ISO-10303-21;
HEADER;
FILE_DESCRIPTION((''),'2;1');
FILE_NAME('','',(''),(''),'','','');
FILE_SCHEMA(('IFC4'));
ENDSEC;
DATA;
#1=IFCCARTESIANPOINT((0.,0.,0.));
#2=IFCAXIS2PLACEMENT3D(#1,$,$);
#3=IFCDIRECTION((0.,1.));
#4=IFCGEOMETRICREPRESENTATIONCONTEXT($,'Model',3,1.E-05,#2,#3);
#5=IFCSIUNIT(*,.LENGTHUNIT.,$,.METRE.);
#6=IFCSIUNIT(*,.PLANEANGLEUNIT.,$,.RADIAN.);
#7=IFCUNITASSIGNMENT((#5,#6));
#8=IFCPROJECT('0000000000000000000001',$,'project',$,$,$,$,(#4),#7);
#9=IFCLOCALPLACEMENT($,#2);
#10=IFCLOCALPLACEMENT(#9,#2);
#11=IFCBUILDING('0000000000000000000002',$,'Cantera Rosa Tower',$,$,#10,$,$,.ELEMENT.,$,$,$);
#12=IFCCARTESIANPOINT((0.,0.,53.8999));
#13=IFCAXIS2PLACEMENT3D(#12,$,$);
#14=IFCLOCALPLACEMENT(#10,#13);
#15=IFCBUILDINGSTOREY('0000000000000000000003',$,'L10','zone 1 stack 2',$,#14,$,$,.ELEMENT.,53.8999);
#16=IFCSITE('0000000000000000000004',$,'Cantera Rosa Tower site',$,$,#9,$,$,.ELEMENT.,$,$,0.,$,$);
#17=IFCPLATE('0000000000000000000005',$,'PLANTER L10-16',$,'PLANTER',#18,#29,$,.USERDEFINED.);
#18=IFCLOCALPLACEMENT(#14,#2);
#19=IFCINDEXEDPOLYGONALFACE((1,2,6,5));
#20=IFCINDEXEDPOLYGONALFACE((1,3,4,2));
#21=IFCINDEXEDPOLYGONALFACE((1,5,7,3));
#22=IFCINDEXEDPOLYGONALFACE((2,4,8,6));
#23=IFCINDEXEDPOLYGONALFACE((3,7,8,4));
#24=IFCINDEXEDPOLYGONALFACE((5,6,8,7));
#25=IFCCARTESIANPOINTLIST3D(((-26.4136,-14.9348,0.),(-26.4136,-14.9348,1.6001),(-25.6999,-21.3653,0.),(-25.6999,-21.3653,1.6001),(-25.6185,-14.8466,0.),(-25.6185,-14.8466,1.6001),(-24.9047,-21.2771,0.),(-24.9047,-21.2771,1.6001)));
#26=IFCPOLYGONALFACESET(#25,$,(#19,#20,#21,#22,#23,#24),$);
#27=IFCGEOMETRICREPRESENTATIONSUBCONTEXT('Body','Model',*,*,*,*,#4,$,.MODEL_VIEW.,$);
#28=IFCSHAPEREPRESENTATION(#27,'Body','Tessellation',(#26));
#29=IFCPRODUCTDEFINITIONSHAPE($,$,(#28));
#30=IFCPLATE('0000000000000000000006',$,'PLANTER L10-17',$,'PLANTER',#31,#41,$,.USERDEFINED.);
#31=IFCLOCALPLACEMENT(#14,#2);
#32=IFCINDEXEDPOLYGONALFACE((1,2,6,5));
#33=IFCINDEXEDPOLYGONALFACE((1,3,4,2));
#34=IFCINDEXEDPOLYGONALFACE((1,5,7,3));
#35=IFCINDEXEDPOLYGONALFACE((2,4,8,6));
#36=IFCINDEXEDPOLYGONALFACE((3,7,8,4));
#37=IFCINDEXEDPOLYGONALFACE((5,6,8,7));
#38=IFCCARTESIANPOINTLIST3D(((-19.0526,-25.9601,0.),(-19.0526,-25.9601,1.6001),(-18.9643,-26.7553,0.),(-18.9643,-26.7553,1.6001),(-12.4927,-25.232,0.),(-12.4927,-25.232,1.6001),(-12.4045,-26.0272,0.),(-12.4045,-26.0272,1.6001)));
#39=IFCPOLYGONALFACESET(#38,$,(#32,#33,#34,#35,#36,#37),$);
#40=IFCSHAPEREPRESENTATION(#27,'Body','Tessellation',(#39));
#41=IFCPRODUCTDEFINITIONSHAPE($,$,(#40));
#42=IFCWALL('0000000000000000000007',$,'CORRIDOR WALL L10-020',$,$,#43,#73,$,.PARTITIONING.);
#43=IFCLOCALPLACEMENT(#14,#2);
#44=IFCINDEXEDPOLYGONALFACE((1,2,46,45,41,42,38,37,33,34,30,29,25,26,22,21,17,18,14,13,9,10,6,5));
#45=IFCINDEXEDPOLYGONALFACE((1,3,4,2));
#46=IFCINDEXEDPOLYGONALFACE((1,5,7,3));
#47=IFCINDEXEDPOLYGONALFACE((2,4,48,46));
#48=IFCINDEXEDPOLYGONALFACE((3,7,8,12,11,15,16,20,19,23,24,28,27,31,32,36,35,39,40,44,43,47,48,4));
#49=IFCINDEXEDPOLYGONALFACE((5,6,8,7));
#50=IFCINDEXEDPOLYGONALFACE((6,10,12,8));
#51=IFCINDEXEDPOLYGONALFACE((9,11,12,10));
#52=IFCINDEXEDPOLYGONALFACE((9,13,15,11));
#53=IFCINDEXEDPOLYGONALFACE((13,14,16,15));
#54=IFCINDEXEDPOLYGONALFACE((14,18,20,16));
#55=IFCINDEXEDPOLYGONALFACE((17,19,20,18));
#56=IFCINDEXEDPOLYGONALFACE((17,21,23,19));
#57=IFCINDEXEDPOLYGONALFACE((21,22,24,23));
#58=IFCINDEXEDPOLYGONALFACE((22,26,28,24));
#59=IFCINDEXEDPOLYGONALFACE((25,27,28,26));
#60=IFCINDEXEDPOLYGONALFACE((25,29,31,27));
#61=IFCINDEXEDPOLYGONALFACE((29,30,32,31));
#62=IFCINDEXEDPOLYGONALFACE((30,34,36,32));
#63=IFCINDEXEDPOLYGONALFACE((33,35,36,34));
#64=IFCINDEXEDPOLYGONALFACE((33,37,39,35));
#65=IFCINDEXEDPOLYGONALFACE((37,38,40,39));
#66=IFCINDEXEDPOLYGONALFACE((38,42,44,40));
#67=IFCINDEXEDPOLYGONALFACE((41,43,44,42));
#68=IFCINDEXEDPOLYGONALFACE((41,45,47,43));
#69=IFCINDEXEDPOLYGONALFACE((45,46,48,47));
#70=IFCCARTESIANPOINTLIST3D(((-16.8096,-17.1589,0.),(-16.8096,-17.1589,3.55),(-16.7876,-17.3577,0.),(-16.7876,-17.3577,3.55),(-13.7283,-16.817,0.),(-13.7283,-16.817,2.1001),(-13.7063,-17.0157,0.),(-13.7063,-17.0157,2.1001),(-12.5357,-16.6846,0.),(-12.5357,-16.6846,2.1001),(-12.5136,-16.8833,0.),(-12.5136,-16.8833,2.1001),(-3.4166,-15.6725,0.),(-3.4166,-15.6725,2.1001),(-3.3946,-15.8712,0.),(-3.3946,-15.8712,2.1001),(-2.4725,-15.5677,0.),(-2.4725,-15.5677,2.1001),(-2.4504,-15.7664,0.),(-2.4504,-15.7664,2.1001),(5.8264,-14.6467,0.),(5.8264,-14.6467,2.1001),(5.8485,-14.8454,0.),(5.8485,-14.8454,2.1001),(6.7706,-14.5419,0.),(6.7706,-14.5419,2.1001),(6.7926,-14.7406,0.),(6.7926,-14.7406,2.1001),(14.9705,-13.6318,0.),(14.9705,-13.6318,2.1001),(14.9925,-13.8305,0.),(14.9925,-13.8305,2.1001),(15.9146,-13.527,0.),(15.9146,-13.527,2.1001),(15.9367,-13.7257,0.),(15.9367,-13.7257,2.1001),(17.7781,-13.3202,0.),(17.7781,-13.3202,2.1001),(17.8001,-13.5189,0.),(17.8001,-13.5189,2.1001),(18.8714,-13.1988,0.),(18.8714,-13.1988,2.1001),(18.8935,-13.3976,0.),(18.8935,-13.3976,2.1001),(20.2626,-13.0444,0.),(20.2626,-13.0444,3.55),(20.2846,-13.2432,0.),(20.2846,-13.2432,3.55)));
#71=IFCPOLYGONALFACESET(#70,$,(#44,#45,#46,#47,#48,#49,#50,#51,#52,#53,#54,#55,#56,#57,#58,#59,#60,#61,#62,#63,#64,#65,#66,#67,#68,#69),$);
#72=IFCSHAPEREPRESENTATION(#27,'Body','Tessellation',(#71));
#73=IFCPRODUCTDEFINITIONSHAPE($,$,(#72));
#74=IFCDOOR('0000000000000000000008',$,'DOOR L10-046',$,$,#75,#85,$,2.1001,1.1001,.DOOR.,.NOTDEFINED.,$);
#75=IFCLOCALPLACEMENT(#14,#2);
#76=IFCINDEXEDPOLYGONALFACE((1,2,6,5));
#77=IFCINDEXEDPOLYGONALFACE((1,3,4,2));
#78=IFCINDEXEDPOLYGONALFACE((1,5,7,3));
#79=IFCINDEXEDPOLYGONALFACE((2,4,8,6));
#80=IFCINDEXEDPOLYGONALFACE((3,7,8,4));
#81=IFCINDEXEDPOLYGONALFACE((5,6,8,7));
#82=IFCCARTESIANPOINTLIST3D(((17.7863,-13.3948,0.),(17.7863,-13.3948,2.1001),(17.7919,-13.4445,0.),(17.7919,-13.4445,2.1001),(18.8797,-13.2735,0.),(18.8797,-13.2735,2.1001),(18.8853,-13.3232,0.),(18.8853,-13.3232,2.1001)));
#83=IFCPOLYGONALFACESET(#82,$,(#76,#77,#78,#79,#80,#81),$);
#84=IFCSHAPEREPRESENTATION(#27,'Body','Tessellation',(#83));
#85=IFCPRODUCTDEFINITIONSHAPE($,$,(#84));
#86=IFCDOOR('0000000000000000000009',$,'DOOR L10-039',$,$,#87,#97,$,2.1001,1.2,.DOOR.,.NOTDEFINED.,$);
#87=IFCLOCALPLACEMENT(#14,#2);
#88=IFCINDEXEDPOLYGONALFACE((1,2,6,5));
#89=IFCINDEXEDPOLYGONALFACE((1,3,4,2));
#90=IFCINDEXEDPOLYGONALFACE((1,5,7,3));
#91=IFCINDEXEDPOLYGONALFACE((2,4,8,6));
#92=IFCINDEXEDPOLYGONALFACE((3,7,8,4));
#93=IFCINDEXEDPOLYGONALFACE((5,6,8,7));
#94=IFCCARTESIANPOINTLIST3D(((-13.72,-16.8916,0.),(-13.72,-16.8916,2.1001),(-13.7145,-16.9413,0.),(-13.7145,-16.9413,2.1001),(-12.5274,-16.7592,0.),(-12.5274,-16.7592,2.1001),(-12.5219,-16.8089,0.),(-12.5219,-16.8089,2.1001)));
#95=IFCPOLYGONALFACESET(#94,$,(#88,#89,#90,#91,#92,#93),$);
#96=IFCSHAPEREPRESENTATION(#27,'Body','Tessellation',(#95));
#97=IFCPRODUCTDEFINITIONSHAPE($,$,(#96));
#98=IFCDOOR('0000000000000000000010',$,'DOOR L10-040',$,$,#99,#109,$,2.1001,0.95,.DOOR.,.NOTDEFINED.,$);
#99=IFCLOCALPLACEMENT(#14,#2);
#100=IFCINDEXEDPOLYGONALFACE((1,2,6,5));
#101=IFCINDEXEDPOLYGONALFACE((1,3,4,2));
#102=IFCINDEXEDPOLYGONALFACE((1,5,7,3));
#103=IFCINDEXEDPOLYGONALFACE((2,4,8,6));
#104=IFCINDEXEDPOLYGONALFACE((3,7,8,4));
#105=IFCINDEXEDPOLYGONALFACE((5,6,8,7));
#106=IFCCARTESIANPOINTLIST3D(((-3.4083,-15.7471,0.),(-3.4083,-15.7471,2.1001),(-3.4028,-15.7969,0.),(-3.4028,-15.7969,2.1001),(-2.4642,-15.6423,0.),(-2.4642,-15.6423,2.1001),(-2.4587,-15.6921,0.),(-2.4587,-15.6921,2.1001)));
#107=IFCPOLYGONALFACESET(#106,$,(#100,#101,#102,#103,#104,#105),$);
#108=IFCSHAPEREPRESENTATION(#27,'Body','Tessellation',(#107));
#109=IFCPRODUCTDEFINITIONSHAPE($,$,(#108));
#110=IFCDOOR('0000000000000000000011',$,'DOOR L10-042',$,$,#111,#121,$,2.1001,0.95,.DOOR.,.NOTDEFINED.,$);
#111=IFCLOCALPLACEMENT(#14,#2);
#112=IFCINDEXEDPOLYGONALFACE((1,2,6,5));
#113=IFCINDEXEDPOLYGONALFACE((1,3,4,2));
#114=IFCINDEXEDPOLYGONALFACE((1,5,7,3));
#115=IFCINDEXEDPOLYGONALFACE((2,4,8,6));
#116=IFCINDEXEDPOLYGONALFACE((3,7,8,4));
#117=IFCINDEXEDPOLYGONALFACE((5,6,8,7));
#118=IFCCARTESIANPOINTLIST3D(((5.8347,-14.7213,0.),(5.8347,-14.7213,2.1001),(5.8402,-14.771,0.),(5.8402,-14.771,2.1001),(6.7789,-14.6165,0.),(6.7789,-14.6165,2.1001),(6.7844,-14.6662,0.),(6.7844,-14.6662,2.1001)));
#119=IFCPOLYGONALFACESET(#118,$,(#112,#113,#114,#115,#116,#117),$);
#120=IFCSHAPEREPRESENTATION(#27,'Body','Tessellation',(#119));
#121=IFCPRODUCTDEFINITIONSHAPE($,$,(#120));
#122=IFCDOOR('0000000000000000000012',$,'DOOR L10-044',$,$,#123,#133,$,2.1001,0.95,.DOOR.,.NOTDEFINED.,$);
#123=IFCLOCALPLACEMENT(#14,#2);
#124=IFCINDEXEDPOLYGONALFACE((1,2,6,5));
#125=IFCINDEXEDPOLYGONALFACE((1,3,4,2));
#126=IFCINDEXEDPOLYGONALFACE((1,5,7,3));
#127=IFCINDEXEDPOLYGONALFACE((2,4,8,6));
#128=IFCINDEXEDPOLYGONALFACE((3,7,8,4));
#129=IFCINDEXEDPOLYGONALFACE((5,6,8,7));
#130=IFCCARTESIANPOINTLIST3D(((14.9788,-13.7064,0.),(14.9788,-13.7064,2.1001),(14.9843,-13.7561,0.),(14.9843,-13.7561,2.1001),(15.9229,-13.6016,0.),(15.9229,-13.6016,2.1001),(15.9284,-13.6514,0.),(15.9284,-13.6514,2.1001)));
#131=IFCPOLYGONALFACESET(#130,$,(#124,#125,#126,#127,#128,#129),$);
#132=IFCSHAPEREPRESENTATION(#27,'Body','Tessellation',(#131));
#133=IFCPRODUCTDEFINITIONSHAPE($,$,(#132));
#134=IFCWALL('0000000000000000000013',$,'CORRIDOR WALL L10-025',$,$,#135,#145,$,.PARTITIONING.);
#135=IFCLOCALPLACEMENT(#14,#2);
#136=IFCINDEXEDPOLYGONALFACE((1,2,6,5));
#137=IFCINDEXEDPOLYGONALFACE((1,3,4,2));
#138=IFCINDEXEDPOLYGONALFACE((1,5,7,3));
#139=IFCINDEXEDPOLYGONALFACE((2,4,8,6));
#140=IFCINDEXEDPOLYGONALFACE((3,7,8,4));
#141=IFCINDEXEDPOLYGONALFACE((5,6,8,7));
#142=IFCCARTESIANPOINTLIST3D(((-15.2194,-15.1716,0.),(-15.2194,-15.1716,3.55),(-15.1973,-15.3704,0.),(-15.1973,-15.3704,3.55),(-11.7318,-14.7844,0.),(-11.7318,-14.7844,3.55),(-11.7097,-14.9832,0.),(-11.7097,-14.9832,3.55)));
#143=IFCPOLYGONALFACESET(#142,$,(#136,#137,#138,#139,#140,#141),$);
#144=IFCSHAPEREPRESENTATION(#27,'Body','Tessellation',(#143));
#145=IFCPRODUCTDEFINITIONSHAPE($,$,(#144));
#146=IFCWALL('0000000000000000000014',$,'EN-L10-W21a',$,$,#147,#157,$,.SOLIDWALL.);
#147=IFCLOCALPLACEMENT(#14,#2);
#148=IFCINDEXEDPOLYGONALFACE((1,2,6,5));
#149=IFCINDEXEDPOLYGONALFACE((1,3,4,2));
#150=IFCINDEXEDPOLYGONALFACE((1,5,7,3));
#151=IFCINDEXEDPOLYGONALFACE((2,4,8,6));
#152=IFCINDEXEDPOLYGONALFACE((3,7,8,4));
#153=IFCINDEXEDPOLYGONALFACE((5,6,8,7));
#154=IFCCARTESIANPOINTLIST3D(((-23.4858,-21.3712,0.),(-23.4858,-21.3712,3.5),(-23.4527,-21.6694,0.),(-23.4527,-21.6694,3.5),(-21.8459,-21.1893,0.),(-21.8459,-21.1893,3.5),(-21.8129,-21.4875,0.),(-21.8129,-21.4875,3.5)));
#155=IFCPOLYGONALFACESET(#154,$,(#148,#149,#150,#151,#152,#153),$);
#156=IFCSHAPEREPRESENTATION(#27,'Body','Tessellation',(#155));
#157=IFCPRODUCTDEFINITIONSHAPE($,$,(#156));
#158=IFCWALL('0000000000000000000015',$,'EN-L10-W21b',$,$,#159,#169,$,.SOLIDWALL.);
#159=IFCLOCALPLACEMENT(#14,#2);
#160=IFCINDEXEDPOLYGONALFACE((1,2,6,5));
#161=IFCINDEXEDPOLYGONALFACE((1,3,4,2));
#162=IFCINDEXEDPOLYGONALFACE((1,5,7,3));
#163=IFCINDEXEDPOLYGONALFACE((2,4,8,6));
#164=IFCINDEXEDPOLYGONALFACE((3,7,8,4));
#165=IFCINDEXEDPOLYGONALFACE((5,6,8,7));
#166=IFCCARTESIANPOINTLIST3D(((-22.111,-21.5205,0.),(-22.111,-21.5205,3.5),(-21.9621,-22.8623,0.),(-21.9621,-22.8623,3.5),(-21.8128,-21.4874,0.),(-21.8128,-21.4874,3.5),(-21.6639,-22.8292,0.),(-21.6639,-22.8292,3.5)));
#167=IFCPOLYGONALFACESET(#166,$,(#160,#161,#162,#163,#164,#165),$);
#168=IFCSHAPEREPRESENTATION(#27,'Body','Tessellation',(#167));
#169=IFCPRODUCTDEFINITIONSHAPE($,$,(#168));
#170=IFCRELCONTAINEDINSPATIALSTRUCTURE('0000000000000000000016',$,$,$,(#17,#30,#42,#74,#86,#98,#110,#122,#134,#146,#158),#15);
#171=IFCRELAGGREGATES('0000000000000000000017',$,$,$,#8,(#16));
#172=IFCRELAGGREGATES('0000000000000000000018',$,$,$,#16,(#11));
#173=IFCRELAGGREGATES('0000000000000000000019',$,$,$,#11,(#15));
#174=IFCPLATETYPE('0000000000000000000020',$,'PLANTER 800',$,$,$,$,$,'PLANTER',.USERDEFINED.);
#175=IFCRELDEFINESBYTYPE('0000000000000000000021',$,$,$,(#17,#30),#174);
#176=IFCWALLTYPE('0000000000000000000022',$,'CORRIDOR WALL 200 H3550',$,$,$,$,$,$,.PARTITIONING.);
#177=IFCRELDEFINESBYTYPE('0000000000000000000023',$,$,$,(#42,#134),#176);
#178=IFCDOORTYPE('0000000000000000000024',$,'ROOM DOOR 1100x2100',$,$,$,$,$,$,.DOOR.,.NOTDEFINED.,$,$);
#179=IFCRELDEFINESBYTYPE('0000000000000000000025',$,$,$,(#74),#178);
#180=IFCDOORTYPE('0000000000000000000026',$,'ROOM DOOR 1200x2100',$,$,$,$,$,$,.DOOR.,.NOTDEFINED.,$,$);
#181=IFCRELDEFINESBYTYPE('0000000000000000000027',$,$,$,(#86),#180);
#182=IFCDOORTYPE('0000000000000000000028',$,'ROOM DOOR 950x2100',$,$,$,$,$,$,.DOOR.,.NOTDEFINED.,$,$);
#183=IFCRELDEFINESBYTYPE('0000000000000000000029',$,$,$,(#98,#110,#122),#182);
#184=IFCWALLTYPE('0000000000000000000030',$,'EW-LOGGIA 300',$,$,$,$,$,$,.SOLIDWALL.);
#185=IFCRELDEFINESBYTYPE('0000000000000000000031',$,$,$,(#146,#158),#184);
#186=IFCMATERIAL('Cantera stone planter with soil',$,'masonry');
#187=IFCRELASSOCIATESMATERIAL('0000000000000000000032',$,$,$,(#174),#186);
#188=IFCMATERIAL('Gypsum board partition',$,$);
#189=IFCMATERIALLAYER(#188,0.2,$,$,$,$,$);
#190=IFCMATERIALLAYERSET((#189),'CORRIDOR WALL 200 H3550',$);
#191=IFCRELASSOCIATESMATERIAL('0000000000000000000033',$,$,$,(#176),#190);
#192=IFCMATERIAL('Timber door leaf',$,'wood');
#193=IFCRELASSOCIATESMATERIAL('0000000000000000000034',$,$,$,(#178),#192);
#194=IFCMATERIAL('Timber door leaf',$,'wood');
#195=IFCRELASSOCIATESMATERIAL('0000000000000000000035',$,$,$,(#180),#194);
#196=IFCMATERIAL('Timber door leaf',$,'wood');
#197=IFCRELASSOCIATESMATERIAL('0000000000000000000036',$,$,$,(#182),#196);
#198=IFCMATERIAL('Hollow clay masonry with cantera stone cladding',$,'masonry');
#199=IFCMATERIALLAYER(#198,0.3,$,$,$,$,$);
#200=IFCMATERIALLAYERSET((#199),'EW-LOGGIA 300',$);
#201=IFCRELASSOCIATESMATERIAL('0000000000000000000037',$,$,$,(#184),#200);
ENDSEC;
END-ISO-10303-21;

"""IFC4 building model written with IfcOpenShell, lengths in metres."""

from ifc_helpers import new_model, si_unit, direction, frame, frame_2d, origin, origin_2d, place, context, subcontext, project, spatial, rectangle, extrude, material, layer, layer_set, type_object, element, fill, save


model = new_model("IFC4")

# Units and contexts
model_context = context("Model", 3, precision=1e-05, world=origin(), true_north=direction((0.0, 1.0)))
body_context = subcontext(model_context, "Body", "Model", "MODEL_VIEW")
ifc_project = project(units=[si_unit("LENGTHUNIT", "METRE"), si_unit("PLANEANGLEUNIT", "RADIAN")], contexts=[model_context])

# Site, building, storey
site_placement = place(None, origin())
site = spatial("IfcSite", under=ifc_project, at=site_placement, Name="Cantera Rosa Tower site", CompositionType="ELEMENT", RefElevation=0.0)
building_placement = place(site_placement, origin())
building = spatial("IfcBuilding", under=site, at=building_placement, Name="Cantera Rosa Tower", CompositionType="ELEMENT")
storey_placement = place(building_placement, frame((0.0, 0.0, 53.8999)))
storey = spatial("IfcBuildingStorey", under=building, at=storey_placement, Name="L10", Description="zone 1 stack 2", CompositionType="ELEMENT", Elevation=53.8999)

# Plates
ifc_material_1 = material(Name="Cantera stone planter with soil", Category="masonry")
plate_type = type_object("IfcPlateType", Name="PLANTER 800", ElementType="PLANTER", PredefinedType="USERDEFINED", material=ifc_material_1)
plate_1_placement = place(storey_placement, frame((-25.6592, -18.106, 0.0), z_axis=(0.0, 0.0, 1.0), x_axis=(0.110313, -0.993897, 0.0)))
element("IfcPlate", 1, at=plate_1_placement, inside=storey, type_object=plate_type, Name="PLANTER L10-16", ObjectType="PLANTER", PredefinedType="USERDEFINED", context=body_context, shape_type="SweptSolid", body=[
    extrude(rectangle(XDim=6.47, YDim=0.8, at=origin_2d()), origin(), (0.0, 0.0, 1.0), 1.6001),
])
plate_2_placement = place(storey_placement, frame((-15.7285, -25.9937, 0.0), z_axis=(0.0, 0.0, 1.0), x_axis=(0.993897, 0.110313, 0.0)))
element("IfcPlate", 2, at=plate_2_placement, inside=storey, type_object=plate_type, Name="PLANTER L10-17", ObjectType="PLANTER", PredefinedType="USERDEFINED", context=body_context, shape_type="SweptSolid", body=[
    extrude(rectangle(XDim=6.6001, YDim=0.8, at=origin_2d()), origin(), (0.0, 0.0, 1.0), 1.6001),
])

# Wall, openings, doors
ifc_material_2 = material(Name="Gypsum board partition")
ifc_layer_1 = layer(ifc_material_2, 0.2)
ifc_layer_set_1 = layer_set([ifc_layer_1], Name="CORRIDOR WALL 200 H3550")
wall_type_1 = type_object("IfcWallType", Name="CORRIDOR WALL 200 H3550", PredefinedType="PARTITIONING", material=ifc_layer_set_1)
wall_1_placement = place(storey_placement, frame((-16.7986, -17.2583, 0.0), z_axis=(0.0, 0.0, 1.0), x_axis=(0.993897, 0.110309, 0.0)))
wall_1 = element("IfcWall", 3, at=wall_1_placement, inside=storey, type_object=wall_type_1, Name="CORRIDOR WALL L10-020", PredefinedType="PARTITIONING", context=body_context, shape_type="SweptSolid", body=[
    extrude(rectangle(XDim=37.2998, YDim=0.2, at=frame_2d((18.6499, 0.0))), origin(), (0.0, 0.0, 1.0), 3.55),
])
opening_1_placement = place(wall_1_placement, frame((3.1001, 0.0, 0.0)))
opening_1 = element("IfcOpeningElement", 4, at=opening_1_placement, cuts=wall_1, PredefinedType="OPENING", context=body_context, shape_type="SweptSolid", body=[
    extrude(rectangle(XDim=1.2, YDim=2.1001, at=frame_2d((0.6001, 1.05))), frame((0.0, 0.1099, 0.0), z_axis=(0.0, -1.0, 0.0), x_axis=(1.0, 0.0, 0.0)), (0.0, 0.0, 1.0), 0.22),
])
opening_2_placement = place(wall_1_placement, frame((13.4751, 0.0, 0.0)))
opening_2 = element("IfcOpeningElement", 5, at=opening_2_placement, cuts=wall_1, PredefinedType="OPENING", context=body_context, shape_type="SweptSolid", body=[
    extrude(rectangle(XDim=0.95, YDim=2.1001, at=frame_2d((0.4751, 1.05))), frame((0.0, 0.1099, 0.0), z_axis=(0.0, -1.0, 0.0), x_axis=(1.0, 0.0, 0.0)), (0.0, 0.0, 1.0), 0.22),
])
opening_3_placement = place(wall_1_placement, frame((22.7749, 0.0, 0.0)))
opening_3 = element("IfcOpeningElement", 6, at=opening_3_placement, cuts=wall_1, PredefinedType="OPENING", context=body_context, shape_type="SweptSolid", body=[
    extrude(rectangle(XDim=0.95, YDim=2.1001, at=frame_2d((0.4751, 1.05))), frame((0.0, 0.1099, 0.0), z_axis=(0.0, -1.0, 0.0), x_axis=(1.0, 0.0, 0.0)), (0.0, 0.0, 1.0), 0.22),
])
opening_4_placement = place(wall_1_placement, frame((31.9751, 0.0, 0.0)))
opening_4 = element("IfcOpeningElement", 7, at=opening_4_placement, cuts=wall_1, PredefinedType="OPENING", context=body_context, shape_type="SweptSolid", body=[
    extrude(rectangle(XDim=0.95, YDim=2.1001, at=frame_2d((0.4751, 1.05))), frame((0.0, 0.1099, 0.0), z_axis=(0.0, -1.0, 0.0), x_axis=(1.0, 0.0, 0.0)), (0.0, 0.0, 1.0), 0.22),
])
opening_5_placement = place(wall_1_placement, frame((34.8, 0.0, 0.0)))
opening_5 = element("IfcOpeningElement", 8, at=opening_5_placement, cuts=wall_1, PredefinedType="OPENING", context=body_context, shape_type="SweptSolid", body=[
    extrude(rectangle(XDim=1.1001, YDim=2.1001, at=frame_2d((0.55, 1.05))), frame((0.0, 0.1099, 0.0), z_axis=(0.0, -1.0, 0.0), x_axis=(1.0, 0.0, 0.0)), (0.0, 0.0, 1.0), 0.22),
])
ifc_material_3 = material(Name="Timber door leaf", Category="wood")
door_type_1 = type_object("IfcDoorType", Name="ROOM DOOR 1100x2100", OperationType="NOTDEFINED", PredefinedType="DOOR", material=ifc_material_3)
door_1_placement = place(opening_5_placement, origin())
door_1 = element("IfcDoor", 9, at=door_1_placement, inside=storey, type_object=door_type_1, Name="DOOR L10-046", OperationType="NOTDEFINED", OverallHeight=2.1001, OverallWidth=1.1001, PredefinedType="DOOR", context=body_context, shape_type="SweptSolid", body=[
    extrude(rectangle(XDim=1.1001, YDim=2.1001, at=frame_2d((0.55, 1.05))), frame((0.0, 0.0249, 0.0), z_axis=(0.0, -1.0, 0.0), x_axis=(1.0, 0.0, 0.0)), (0.0, 0.0, 1.0), 0.05),
])
fill(opening_5, door_1)
ifc_material_4 = material(Name="Timber door leaf", Category="wood")
door_type_2 = type_object("IfcDoorType", Name="ROOM DOOR 1200x2100", OperationType="NOTDEFINED", PredefinedType="DOOR", material=ifc_material_4)
door_2_placement = place(opening_1_placement, origin())
door_2 = element("IfcDoor", 10, at=door_2_placement, inside=storey, type_object=door_type_2, Name="DOOR L10-039", OperationType="NOTDEFINED", OverallHeight=2.1001, OverallWidth=1.2, PredefinedType="DOOR", context=body_context, shape_type="SweptSolid", body=[
    extrude(rectangle(XDim=1.2, YDim=2.1001, at=frame_2d((0.6001, 1.05))), frame((0.0, 0.0249, 0.0), z_axis=(0.0, -1.0, 0.0), x_axis=(1.0, 0.0, 0.0)), (0.0, 0.0, 1.0), 0.05),
])
fill(opening_1, door_2)
ifc_material_5 = material(Name="Timber door leaf", Category="wood")
door_type_3 = type_object("IfcDoorType", Name="ROOM DOOR 950x2100", OperationType="NOTDEFINED", PredefinedType="DOOR", material=ifc_material_5)
door_3_placement = place(opening_2_placement, origin())
door_3 = element("IfcDoor", 11, at=door_3_placement, inside=storey, type_object=door_type_3, Name="DOOR L10-040", OperationType="NOTDEFINED", OverallHeight=2.1001, OverallWidth=0.95, PredefinedType="DOOR", context=body_context, shape_type="SweptSolid", body=[
    extrude(rectangle(XDim=0.95, YDim=2.1001, at=frame_2d((0.4751, 1.05))), frame((0.0, 0.0249, 0.0), z_axis=(0.0, -1.0, 0.0), x_axis=(1.0, 0.0, 0.0)), (0.0, 0.0, 1.0), 0.05),
])
fill(opening_2, door_3)
door_4_placement = place(opening_3_placement, origin())
door_4 = element("IfcDoor", 12, at=door_4_placement, inside=storey, type_object=door_type_3, Name="DOOR L10-042", OperationType="NOTDEFINED", OverallHeight=2.1001, OverallWidth=0.95, PredefinedType="DOOR", context=body_context, shape_type="SweptSolid", body=[
    extrude(rectangle(XDim=0.95, YDim=2.1001, at=frame_2d((0.4751, 1.05))), frame((0.0, 0.0249, 0.0), z_axis=(0.0, -1.0, 0.0), x_axis=(1.0, 0.0, 0.0)), (0.0, 0.0, 1.0), 0.05),
])
fill(opening_3, door_4)
door_5_placement = place(opening_4_placement, origin())
door_5 = element("IfcDoor", 13, at=door_5_placement, inside=storey, type_object=door_type_3, Name="DOOR L10-044", OperationType="NOTDEFINED", OverallHeight=2.1001, OverallWidth=0.95, PredefinedType="DOOR", context=body_context, shape_type="SweptSolid", body=[
    extrude(rectangle(XDim=0.95, YDim=2.1001, at=frame_2d((0.4751, 1.05))), frame((0.0, 0.0249, 0.0), z_axis=(0.0, -1.0, 0.0), x_axis=(1.0, 0.0, 0.0)), (0.0, 0.0, 1.0), 0.05),
])
fill(opening_4, door_5)

# Walls
wall_2_placement = place(storey_placement, frame((-15.2083, -15.271, 0.0), z_axis=(0.0, 0.0, 1.0), x_axis=(0.993893, 0.110348, 0.0)))
element("IfcWall", 14, at=wall_2_placement, inside=storey, type_object=wall_type_1, Name="CORRIDOR WALL L10-025", PredefinedType="PARTITIONING", context=body_context, shape_type="SweptSolid", body=[
    extrude(rectangle(XDim=3.509, YDim=0.2, at=frame_2d((1.7544, 0.0))), origin(), (0.0, 0.0, 1.0), 3.55),
])
ifc_material_6 = material(Name="Hollow clay masonry with cantera stone cladding", Category="masonry")
ifc_layer_2 = layer(ifc_material_6, 0.3)
ifc_layer_set_2 = layer_set([ifc_layer_2], Name="EW-LOGGIA 300")
wall_type_2 = type_object("IfcWallType", Name="EW-LOGGIA 300", PredefinedType="SOLIDWALL", material=ifc_layer_set_2)
wall_3_placement = place(storey_placement, frame((-23.4692, -21.5203, 0.0), z_axis=(0.0, 0.0, 1.0), x_axis=(0.993905, 0.110237, 0.0)))
element("IfcWall", 15, at=wall_3_placement, inside=storey, type_object=wall_type_2, Name="EN-L10-W21a", PredefinedType="SOLIDWALL", context=body_context, shape_type="SweptSolid", body=[
    extrude(rectangle(XDim=1.6499, YDim=0.3, at=frame_2d((0.825, 0.0))), origin(), (0.0, 0.0, 1.0), 3.5),
])
wall_4_placement = place(storey_placement, frame((-21.9619, -21.5039, 0.0), z_axis=(0.0, 0.0, 1.0), x_axis=(0.110312, -0.993897, 0.0)))
element("IfcWall", 16, at=wall_4_placement, inside=storey, type_object=wall_type_2, Name="EN-L10-W21b", PredefinedType="SOLIDWALL", context=body_context, shape_type="SweptSolid", body=[
    extrude(rectangle(XDim=1.3501, YDim=0.3, at=frame_2d((0.675, 0.0))), origin(), (0.0, 0.0, 1.0), 3.5),
])

save(model, "model.ifc")
